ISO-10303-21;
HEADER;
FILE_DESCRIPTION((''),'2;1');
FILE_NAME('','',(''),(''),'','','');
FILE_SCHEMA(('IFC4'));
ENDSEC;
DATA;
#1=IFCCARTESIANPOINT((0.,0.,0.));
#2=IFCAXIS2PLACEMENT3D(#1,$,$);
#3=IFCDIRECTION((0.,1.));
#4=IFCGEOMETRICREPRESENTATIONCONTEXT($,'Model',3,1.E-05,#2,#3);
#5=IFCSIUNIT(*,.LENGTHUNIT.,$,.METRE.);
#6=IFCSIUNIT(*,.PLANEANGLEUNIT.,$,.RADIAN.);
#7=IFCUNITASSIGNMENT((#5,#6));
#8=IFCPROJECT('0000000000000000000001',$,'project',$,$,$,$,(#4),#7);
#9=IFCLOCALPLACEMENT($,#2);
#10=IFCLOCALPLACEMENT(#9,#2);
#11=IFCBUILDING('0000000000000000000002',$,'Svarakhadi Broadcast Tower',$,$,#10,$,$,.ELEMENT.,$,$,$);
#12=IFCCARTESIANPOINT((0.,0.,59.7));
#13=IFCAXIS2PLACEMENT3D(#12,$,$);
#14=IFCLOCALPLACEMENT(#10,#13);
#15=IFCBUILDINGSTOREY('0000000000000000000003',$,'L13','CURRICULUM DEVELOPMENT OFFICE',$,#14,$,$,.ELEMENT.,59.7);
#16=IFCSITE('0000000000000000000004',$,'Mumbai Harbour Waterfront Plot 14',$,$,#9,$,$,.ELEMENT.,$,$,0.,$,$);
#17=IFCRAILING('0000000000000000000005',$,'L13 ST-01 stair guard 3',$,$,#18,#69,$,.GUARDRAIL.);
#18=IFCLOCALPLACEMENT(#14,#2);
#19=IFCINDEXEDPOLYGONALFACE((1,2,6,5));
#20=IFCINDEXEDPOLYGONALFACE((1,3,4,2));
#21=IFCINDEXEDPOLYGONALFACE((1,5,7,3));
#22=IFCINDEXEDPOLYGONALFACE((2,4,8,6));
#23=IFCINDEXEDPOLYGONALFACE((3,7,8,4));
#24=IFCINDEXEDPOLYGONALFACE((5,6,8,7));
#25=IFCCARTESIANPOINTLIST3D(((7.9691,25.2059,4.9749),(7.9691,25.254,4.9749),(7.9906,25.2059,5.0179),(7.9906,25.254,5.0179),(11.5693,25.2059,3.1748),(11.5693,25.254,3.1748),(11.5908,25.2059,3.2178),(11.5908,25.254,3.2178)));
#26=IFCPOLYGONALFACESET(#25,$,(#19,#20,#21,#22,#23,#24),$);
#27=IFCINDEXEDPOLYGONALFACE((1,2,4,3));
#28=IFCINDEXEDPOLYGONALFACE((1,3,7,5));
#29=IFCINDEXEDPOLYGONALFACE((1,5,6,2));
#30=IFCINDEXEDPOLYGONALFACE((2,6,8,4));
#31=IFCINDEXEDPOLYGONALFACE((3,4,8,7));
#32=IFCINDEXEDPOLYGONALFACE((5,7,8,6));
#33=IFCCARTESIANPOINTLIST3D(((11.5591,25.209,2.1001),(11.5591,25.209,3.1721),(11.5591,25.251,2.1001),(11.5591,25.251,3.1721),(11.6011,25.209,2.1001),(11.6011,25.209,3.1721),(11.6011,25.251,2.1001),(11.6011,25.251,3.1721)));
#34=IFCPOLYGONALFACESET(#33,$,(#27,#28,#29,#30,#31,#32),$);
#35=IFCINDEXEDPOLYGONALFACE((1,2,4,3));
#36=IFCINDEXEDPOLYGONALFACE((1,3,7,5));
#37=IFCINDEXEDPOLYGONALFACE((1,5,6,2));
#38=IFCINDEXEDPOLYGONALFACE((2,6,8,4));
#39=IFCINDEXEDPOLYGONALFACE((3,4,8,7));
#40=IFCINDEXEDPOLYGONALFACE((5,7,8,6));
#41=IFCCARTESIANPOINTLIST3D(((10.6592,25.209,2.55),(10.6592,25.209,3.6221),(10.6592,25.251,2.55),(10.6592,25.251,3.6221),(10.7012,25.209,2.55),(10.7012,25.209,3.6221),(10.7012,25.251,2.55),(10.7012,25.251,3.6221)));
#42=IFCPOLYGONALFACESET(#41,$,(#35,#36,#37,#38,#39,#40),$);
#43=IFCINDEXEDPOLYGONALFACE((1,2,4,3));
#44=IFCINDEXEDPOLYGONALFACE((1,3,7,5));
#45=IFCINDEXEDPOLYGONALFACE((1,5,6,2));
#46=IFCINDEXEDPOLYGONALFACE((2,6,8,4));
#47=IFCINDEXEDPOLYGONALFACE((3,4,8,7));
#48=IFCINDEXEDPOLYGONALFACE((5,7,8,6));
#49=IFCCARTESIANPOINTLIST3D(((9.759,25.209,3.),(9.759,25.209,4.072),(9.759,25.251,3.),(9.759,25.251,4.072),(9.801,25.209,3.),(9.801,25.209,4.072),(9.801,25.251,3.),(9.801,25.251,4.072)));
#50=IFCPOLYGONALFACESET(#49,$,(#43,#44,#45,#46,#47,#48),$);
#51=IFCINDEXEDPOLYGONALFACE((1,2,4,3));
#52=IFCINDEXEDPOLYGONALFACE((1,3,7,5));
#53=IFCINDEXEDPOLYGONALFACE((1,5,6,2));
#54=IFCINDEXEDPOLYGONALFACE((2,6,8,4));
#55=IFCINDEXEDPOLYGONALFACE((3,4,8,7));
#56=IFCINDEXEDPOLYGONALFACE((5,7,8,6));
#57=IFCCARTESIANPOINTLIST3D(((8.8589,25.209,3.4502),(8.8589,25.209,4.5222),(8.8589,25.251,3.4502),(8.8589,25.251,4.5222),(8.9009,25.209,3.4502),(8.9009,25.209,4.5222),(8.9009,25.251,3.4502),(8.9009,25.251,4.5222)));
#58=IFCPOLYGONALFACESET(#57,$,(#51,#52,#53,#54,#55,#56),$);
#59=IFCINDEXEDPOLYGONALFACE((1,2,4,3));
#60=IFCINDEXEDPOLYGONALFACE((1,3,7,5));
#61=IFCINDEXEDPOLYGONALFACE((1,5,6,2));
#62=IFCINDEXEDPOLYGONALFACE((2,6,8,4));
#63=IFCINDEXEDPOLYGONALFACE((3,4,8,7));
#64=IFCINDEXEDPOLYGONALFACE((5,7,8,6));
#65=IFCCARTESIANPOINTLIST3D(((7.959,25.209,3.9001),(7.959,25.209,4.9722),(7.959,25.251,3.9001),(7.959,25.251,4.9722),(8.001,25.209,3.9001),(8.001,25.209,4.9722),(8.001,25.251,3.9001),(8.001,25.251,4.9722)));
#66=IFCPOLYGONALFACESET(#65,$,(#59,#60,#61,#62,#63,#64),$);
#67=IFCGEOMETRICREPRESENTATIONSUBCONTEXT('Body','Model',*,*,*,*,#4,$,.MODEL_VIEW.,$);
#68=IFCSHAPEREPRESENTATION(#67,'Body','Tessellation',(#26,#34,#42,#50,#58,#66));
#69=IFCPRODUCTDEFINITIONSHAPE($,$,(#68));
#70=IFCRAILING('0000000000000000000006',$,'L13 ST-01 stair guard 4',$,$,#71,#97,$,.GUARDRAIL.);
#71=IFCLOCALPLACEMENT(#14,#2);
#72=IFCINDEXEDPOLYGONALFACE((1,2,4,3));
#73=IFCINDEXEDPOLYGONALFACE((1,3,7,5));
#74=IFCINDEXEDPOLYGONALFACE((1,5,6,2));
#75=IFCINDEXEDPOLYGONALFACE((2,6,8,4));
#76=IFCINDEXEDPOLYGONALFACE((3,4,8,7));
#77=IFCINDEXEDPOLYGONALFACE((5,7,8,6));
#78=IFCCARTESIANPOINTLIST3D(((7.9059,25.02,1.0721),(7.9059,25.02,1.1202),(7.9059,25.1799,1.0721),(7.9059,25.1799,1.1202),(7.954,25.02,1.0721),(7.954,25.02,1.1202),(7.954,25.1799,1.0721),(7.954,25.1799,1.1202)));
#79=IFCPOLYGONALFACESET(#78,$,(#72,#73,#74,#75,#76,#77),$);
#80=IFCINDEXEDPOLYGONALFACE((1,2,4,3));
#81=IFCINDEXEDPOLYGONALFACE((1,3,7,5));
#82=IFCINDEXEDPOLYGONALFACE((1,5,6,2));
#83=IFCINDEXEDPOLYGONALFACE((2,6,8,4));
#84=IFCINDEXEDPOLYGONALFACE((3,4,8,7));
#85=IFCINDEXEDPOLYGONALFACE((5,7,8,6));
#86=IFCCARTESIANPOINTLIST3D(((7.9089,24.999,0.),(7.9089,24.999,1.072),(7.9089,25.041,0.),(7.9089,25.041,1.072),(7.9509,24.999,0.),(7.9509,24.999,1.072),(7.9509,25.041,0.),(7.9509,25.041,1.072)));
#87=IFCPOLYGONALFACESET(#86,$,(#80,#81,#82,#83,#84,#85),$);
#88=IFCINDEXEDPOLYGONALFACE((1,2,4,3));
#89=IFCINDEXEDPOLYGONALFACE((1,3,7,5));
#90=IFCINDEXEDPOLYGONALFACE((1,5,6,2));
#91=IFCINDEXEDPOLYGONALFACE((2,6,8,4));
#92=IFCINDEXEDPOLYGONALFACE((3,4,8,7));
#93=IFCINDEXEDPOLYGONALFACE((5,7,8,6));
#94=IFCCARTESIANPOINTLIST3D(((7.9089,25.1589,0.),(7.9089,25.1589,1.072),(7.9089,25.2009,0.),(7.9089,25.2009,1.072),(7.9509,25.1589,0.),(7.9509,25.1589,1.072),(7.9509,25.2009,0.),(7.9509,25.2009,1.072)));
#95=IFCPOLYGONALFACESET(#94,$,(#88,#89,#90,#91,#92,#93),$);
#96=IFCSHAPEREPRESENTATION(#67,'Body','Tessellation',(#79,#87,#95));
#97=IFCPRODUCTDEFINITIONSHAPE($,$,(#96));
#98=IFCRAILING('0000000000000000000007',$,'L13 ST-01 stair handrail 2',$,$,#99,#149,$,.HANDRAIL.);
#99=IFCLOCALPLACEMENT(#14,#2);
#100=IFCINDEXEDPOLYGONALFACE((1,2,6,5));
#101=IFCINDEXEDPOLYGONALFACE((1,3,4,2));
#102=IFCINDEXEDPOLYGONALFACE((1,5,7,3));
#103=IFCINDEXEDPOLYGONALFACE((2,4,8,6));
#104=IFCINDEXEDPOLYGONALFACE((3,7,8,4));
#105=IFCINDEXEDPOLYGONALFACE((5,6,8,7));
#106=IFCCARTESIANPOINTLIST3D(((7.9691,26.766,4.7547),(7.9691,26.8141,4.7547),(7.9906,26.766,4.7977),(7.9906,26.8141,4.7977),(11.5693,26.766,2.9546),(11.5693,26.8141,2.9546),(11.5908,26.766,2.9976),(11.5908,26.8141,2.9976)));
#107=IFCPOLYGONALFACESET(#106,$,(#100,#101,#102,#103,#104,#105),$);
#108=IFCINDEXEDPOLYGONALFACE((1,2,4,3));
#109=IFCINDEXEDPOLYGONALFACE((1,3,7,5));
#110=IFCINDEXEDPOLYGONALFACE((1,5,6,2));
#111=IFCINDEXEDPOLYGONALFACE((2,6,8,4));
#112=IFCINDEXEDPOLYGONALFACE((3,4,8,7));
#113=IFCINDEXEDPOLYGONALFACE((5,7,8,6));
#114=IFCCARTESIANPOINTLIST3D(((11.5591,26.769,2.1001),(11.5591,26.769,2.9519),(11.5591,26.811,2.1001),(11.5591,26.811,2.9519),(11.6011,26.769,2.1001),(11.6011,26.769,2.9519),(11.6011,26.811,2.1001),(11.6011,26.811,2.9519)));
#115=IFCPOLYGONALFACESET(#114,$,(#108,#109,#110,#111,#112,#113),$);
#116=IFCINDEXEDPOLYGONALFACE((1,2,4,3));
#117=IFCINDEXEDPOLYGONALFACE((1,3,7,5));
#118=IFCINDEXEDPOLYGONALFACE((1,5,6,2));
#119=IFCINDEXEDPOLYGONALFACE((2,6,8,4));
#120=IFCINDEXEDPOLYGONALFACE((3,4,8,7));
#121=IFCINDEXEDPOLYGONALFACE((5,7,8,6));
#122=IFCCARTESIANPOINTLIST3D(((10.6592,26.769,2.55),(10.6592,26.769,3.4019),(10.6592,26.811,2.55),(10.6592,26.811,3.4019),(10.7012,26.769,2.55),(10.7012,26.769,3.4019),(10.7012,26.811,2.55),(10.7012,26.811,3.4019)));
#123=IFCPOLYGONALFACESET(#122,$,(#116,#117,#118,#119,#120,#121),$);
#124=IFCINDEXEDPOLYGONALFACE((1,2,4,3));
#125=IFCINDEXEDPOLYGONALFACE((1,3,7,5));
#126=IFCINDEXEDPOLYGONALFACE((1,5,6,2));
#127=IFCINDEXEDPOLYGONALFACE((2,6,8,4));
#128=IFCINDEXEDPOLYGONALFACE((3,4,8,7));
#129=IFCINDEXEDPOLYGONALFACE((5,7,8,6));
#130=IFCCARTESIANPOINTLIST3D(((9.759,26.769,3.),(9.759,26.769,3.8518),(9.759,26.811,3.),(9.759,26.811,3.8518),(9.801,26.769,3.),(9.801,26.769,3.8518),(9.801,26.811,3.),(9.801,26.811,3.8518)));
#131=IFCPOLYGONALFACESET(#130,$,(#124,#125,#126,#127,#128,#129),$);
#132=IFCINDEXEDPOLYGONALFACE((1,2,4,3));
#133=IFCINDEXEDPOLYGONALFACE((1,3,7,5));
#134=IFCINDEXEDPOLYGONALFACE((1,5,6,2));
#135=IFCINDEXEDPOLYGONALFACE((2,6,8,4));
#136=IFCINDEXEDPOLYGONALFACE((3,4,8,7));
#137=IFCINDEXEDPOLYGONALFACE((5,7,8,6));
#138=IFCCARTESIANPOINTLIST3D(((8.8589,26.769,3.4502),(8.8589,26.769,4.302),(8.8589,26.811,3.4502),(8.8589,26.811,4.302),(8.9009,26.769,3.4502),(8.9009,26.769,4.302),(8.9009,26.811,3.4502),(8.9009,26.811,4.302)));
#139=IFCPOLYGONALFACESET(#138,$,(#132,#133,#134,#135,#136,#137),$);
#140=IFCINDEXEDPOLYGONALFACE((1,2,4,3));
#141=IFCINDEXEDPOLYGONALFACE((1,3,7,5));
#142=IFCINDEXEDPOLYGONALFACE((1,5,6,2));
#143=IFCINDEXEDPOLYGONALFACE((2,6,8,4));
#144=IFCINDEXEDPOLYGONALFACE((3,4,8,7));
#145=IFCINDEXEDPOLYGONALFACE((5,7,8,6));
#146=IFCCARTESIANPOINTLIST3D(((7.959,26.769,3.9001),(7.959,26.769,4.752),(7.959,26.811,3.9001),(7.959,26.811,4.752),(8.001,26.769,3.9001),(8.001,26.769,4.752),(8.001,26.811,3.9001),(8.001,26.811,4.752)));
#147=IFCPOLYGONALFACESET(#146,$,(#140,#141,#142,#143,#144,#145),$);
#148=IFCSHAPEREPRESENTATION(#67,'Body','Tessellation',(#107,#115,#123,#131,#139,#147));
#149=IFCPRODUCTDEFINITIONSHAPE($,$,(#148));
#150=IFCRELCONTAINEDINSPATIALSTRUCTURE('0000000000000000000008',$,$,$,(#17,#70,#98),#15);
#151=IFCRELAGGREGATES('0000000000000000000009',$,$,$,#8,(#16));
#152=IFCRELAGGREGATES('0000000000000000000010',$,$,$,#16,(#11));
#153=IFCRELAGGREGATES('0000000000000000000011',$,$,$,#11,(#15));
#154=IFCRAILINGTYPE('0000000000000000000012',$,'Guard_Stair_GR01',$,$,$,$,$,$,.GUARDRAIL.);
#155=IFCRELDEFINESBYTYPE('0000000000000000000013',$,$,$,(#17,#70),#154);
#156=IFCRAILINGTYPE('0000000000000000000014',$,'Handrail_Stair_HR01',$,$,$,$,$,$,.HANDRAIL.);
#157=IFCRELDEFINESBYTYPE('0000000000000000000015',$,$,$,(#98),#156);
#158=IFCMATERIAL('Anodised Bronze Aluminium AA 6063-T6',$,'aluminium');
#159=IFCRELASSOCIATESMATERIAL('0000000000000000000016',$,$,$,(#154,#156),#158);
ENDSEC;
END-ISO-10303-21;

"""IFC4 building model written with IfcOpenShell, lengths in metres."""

from ifc_helpers import new_model, si_unit, direction, frame, origin, origin_2d, place, context, subcontext, project, spatial, rectangle, extrude, material, type_object, element, save


model = new_model("IFC4")

# Units and contexts
model_context = context("Model", 3, precision=1e-05, world=origin(), true_north=direction((0.0, 1.0)))
body_context = subcontext(model_context, "Body", "Model", "MODEL_VIEW")
ifc_project = project(units=[si_unit("LENGTHUNIT", "METRE"), si_unit("PLANEANGLEUNIT", "RADIAN")], contexts=[model_context])

# Site, building, storey
site_placement = place(None, origin())
site = spatial("IfcSite", under=ifc_project, at=site_placement, Name="Mumbai Harbour Waterfront Plot 14", CompositionType="ELEMENT", RefElevation=0.0)
building_placement = place(site_placement, origin())
building = spatial("IfcBuilding", under=site, at=building_placement, Name="Svarakhadi Broadcast Tower", CompositionType="ELEMENT")
storey_placement = place(building_placement, frame((0.0, 0.0, 59.7)))
storey = spatial("IfcBuildingStorey", under=building, at=storey_placement, Name="L13", Description="CURRICULUM DEVELOPMENT OFFICE", CompositionType="ELEMENT", Elevation=59.7)

# Railings
ifc_material_1 = material(Name="Anodised Bronze Aluminium AA 6063-T6", Category="aluminium")
railing_type_1 = type_object("IfcRailingType", Name="Guard_Stair_GR01", PredefinedType="GUARDRAIL", material=ifc_material_1)
railing_1_placement = place(storey_placement, frame((11.5801, 25.23, 2.1001)))
element("IfcRailing", 1, at=railing_1_placement, inside=storey, type_object=railing_type_1, Name="L13 ST-01 stair guard 3", PredefinedType="GUARDRAIL", context=body_context, shape_type="SweptSolid", body=[
    extrude(rectangle(XDim=0.0481, YDim=0.0481, at=origin_2d()), frame((0.0, 0.0, 1.0962), z_axis=(-0.894427, 0.0, 0.447214), x_axis=(0.0, -1.0, 0.0)), (0.0, 0.0, 1.0), 4.0251),
    extrude(rectangle(XDim=0.042, YDim=0.042, at=origin_2d()), origin(), (0.0, 0.0, 1.0), 1.072),
    extrude(rectangle(XDim=0.042, YDim=0.042, at=origin_2d()), frame((-0.8999, 0.0, 0.45)), (0.0, 0.0, 1.0), 1.072),
    extrude(rectangle(XDim=0.042, YDim=0.042, at=origin_2d()), frame((-1.8, 0.0, 0.8999)), (0.0, 0.0, 1.0), 1.072),
    extrude(rectangle(XDim=0.042, YDim=0.042, at=origin_2d()), frame((-2.7002, 0.0, 1.3501)), (0.0, 0.0, 1.0), 1.072),
    extrude(rectangle(XDim=0.042, YDim=0.042, at=origin_2d()), frame((-3.6001, 0.0, 1.8)), (0.0, 0.0, 1.0), 1.072),
])
railing_2_placement = place(storey_placement, frame((7.9299, 25.02, 0.0)))
element("IfcRailing", 2, at=railing_2_placement, inside=storey, type_object=railing_type_1, Name="L13 ST-01 stair guard 4", PredefinedType="GUARDRAIL", context=body_context, shape_type="SweptSolid", body=[
    extrude(rectangle(XDim=0.0481, YDim=0.0481, at=origin_2d()), frame((0.0, 0.0, 1.0962), z_axis=(0.0, 1.0, 0.0), x_axis=(-1.0, 0.0, 0.0)), (0.0, 0.0, 1.0), 0.1599),
    extrude(rectangle(XDim=0.042, YDim=0.042, at=origin_2d()), origin(), (0.0, 0.0, 1.0), 1.072),
    extrude(rectangle(XDim=0.042, YDim=0.042, at=origin_2d()), frame((0.0, 0.1599, 0.0)), (0.0, 0.0, 1.0), 1.072),
])
railing_type_2 = type_object("IfcRailingType", Name="Handrail_Stair_HR01", PredefinedType="HANDRAIL", material=ifc_material_1)
railing_3_placement = place(storey_placement, frame((11.5801, 26.79, 2.1001)))
element("IfcRailing", 3, at=railing_3_placement, inside=storey, type_object=railing_type_2, Name="L13 ST-01 stair handrail 2", PredefinedType="HANDRAIL", context=body_context, shape_type="SweptSolid", body=[
    extrude(rectangle(XDim=0.0481, YDim=0.0481, at=origin_2d()), frame((0.0, 0.0, 0.876), z_axis=(-0.894427, 0.0, 0.447214), x_axis=(0.0, -1.0, 0.0)), (0.0, 0.0, 1.0), 4.0251),
    extrude(rectangle(XDim=0.042, YDim=0.042, at=origin_2d()), origin(), (0.0, 0.0, 1.0), 0.8518),
    extrude(rectangle(XDim=0.042, YDim=0.042, at=origin_2d()), frame((-0.8999, 0.0, 0.45)), (0.0, 0.0, 1.0), 0.8518),
    extrude(rectangle(XDim=0.042, YDim=0.042, at=origin_2d()), frame((-1.8, 0.0, 0.8999)), (0.0, 0.0, 1.0), 0.8518),
    extrude(rectangle(XDim=0.042, YDim=0.042, at=origin_2d()), frame((-2.7002, 0.0, 1.3501)), (0.0, 0.0, 1.0), 0.8518),
    extrude(rectangle(XDim=0.042, YDim=0.042, at=origin_2d()), frame((-3.6001, 0.0, 1.8)), (0.0, 0.0, 1.0), 0.8518),
])

save(model, "model.ifc")
